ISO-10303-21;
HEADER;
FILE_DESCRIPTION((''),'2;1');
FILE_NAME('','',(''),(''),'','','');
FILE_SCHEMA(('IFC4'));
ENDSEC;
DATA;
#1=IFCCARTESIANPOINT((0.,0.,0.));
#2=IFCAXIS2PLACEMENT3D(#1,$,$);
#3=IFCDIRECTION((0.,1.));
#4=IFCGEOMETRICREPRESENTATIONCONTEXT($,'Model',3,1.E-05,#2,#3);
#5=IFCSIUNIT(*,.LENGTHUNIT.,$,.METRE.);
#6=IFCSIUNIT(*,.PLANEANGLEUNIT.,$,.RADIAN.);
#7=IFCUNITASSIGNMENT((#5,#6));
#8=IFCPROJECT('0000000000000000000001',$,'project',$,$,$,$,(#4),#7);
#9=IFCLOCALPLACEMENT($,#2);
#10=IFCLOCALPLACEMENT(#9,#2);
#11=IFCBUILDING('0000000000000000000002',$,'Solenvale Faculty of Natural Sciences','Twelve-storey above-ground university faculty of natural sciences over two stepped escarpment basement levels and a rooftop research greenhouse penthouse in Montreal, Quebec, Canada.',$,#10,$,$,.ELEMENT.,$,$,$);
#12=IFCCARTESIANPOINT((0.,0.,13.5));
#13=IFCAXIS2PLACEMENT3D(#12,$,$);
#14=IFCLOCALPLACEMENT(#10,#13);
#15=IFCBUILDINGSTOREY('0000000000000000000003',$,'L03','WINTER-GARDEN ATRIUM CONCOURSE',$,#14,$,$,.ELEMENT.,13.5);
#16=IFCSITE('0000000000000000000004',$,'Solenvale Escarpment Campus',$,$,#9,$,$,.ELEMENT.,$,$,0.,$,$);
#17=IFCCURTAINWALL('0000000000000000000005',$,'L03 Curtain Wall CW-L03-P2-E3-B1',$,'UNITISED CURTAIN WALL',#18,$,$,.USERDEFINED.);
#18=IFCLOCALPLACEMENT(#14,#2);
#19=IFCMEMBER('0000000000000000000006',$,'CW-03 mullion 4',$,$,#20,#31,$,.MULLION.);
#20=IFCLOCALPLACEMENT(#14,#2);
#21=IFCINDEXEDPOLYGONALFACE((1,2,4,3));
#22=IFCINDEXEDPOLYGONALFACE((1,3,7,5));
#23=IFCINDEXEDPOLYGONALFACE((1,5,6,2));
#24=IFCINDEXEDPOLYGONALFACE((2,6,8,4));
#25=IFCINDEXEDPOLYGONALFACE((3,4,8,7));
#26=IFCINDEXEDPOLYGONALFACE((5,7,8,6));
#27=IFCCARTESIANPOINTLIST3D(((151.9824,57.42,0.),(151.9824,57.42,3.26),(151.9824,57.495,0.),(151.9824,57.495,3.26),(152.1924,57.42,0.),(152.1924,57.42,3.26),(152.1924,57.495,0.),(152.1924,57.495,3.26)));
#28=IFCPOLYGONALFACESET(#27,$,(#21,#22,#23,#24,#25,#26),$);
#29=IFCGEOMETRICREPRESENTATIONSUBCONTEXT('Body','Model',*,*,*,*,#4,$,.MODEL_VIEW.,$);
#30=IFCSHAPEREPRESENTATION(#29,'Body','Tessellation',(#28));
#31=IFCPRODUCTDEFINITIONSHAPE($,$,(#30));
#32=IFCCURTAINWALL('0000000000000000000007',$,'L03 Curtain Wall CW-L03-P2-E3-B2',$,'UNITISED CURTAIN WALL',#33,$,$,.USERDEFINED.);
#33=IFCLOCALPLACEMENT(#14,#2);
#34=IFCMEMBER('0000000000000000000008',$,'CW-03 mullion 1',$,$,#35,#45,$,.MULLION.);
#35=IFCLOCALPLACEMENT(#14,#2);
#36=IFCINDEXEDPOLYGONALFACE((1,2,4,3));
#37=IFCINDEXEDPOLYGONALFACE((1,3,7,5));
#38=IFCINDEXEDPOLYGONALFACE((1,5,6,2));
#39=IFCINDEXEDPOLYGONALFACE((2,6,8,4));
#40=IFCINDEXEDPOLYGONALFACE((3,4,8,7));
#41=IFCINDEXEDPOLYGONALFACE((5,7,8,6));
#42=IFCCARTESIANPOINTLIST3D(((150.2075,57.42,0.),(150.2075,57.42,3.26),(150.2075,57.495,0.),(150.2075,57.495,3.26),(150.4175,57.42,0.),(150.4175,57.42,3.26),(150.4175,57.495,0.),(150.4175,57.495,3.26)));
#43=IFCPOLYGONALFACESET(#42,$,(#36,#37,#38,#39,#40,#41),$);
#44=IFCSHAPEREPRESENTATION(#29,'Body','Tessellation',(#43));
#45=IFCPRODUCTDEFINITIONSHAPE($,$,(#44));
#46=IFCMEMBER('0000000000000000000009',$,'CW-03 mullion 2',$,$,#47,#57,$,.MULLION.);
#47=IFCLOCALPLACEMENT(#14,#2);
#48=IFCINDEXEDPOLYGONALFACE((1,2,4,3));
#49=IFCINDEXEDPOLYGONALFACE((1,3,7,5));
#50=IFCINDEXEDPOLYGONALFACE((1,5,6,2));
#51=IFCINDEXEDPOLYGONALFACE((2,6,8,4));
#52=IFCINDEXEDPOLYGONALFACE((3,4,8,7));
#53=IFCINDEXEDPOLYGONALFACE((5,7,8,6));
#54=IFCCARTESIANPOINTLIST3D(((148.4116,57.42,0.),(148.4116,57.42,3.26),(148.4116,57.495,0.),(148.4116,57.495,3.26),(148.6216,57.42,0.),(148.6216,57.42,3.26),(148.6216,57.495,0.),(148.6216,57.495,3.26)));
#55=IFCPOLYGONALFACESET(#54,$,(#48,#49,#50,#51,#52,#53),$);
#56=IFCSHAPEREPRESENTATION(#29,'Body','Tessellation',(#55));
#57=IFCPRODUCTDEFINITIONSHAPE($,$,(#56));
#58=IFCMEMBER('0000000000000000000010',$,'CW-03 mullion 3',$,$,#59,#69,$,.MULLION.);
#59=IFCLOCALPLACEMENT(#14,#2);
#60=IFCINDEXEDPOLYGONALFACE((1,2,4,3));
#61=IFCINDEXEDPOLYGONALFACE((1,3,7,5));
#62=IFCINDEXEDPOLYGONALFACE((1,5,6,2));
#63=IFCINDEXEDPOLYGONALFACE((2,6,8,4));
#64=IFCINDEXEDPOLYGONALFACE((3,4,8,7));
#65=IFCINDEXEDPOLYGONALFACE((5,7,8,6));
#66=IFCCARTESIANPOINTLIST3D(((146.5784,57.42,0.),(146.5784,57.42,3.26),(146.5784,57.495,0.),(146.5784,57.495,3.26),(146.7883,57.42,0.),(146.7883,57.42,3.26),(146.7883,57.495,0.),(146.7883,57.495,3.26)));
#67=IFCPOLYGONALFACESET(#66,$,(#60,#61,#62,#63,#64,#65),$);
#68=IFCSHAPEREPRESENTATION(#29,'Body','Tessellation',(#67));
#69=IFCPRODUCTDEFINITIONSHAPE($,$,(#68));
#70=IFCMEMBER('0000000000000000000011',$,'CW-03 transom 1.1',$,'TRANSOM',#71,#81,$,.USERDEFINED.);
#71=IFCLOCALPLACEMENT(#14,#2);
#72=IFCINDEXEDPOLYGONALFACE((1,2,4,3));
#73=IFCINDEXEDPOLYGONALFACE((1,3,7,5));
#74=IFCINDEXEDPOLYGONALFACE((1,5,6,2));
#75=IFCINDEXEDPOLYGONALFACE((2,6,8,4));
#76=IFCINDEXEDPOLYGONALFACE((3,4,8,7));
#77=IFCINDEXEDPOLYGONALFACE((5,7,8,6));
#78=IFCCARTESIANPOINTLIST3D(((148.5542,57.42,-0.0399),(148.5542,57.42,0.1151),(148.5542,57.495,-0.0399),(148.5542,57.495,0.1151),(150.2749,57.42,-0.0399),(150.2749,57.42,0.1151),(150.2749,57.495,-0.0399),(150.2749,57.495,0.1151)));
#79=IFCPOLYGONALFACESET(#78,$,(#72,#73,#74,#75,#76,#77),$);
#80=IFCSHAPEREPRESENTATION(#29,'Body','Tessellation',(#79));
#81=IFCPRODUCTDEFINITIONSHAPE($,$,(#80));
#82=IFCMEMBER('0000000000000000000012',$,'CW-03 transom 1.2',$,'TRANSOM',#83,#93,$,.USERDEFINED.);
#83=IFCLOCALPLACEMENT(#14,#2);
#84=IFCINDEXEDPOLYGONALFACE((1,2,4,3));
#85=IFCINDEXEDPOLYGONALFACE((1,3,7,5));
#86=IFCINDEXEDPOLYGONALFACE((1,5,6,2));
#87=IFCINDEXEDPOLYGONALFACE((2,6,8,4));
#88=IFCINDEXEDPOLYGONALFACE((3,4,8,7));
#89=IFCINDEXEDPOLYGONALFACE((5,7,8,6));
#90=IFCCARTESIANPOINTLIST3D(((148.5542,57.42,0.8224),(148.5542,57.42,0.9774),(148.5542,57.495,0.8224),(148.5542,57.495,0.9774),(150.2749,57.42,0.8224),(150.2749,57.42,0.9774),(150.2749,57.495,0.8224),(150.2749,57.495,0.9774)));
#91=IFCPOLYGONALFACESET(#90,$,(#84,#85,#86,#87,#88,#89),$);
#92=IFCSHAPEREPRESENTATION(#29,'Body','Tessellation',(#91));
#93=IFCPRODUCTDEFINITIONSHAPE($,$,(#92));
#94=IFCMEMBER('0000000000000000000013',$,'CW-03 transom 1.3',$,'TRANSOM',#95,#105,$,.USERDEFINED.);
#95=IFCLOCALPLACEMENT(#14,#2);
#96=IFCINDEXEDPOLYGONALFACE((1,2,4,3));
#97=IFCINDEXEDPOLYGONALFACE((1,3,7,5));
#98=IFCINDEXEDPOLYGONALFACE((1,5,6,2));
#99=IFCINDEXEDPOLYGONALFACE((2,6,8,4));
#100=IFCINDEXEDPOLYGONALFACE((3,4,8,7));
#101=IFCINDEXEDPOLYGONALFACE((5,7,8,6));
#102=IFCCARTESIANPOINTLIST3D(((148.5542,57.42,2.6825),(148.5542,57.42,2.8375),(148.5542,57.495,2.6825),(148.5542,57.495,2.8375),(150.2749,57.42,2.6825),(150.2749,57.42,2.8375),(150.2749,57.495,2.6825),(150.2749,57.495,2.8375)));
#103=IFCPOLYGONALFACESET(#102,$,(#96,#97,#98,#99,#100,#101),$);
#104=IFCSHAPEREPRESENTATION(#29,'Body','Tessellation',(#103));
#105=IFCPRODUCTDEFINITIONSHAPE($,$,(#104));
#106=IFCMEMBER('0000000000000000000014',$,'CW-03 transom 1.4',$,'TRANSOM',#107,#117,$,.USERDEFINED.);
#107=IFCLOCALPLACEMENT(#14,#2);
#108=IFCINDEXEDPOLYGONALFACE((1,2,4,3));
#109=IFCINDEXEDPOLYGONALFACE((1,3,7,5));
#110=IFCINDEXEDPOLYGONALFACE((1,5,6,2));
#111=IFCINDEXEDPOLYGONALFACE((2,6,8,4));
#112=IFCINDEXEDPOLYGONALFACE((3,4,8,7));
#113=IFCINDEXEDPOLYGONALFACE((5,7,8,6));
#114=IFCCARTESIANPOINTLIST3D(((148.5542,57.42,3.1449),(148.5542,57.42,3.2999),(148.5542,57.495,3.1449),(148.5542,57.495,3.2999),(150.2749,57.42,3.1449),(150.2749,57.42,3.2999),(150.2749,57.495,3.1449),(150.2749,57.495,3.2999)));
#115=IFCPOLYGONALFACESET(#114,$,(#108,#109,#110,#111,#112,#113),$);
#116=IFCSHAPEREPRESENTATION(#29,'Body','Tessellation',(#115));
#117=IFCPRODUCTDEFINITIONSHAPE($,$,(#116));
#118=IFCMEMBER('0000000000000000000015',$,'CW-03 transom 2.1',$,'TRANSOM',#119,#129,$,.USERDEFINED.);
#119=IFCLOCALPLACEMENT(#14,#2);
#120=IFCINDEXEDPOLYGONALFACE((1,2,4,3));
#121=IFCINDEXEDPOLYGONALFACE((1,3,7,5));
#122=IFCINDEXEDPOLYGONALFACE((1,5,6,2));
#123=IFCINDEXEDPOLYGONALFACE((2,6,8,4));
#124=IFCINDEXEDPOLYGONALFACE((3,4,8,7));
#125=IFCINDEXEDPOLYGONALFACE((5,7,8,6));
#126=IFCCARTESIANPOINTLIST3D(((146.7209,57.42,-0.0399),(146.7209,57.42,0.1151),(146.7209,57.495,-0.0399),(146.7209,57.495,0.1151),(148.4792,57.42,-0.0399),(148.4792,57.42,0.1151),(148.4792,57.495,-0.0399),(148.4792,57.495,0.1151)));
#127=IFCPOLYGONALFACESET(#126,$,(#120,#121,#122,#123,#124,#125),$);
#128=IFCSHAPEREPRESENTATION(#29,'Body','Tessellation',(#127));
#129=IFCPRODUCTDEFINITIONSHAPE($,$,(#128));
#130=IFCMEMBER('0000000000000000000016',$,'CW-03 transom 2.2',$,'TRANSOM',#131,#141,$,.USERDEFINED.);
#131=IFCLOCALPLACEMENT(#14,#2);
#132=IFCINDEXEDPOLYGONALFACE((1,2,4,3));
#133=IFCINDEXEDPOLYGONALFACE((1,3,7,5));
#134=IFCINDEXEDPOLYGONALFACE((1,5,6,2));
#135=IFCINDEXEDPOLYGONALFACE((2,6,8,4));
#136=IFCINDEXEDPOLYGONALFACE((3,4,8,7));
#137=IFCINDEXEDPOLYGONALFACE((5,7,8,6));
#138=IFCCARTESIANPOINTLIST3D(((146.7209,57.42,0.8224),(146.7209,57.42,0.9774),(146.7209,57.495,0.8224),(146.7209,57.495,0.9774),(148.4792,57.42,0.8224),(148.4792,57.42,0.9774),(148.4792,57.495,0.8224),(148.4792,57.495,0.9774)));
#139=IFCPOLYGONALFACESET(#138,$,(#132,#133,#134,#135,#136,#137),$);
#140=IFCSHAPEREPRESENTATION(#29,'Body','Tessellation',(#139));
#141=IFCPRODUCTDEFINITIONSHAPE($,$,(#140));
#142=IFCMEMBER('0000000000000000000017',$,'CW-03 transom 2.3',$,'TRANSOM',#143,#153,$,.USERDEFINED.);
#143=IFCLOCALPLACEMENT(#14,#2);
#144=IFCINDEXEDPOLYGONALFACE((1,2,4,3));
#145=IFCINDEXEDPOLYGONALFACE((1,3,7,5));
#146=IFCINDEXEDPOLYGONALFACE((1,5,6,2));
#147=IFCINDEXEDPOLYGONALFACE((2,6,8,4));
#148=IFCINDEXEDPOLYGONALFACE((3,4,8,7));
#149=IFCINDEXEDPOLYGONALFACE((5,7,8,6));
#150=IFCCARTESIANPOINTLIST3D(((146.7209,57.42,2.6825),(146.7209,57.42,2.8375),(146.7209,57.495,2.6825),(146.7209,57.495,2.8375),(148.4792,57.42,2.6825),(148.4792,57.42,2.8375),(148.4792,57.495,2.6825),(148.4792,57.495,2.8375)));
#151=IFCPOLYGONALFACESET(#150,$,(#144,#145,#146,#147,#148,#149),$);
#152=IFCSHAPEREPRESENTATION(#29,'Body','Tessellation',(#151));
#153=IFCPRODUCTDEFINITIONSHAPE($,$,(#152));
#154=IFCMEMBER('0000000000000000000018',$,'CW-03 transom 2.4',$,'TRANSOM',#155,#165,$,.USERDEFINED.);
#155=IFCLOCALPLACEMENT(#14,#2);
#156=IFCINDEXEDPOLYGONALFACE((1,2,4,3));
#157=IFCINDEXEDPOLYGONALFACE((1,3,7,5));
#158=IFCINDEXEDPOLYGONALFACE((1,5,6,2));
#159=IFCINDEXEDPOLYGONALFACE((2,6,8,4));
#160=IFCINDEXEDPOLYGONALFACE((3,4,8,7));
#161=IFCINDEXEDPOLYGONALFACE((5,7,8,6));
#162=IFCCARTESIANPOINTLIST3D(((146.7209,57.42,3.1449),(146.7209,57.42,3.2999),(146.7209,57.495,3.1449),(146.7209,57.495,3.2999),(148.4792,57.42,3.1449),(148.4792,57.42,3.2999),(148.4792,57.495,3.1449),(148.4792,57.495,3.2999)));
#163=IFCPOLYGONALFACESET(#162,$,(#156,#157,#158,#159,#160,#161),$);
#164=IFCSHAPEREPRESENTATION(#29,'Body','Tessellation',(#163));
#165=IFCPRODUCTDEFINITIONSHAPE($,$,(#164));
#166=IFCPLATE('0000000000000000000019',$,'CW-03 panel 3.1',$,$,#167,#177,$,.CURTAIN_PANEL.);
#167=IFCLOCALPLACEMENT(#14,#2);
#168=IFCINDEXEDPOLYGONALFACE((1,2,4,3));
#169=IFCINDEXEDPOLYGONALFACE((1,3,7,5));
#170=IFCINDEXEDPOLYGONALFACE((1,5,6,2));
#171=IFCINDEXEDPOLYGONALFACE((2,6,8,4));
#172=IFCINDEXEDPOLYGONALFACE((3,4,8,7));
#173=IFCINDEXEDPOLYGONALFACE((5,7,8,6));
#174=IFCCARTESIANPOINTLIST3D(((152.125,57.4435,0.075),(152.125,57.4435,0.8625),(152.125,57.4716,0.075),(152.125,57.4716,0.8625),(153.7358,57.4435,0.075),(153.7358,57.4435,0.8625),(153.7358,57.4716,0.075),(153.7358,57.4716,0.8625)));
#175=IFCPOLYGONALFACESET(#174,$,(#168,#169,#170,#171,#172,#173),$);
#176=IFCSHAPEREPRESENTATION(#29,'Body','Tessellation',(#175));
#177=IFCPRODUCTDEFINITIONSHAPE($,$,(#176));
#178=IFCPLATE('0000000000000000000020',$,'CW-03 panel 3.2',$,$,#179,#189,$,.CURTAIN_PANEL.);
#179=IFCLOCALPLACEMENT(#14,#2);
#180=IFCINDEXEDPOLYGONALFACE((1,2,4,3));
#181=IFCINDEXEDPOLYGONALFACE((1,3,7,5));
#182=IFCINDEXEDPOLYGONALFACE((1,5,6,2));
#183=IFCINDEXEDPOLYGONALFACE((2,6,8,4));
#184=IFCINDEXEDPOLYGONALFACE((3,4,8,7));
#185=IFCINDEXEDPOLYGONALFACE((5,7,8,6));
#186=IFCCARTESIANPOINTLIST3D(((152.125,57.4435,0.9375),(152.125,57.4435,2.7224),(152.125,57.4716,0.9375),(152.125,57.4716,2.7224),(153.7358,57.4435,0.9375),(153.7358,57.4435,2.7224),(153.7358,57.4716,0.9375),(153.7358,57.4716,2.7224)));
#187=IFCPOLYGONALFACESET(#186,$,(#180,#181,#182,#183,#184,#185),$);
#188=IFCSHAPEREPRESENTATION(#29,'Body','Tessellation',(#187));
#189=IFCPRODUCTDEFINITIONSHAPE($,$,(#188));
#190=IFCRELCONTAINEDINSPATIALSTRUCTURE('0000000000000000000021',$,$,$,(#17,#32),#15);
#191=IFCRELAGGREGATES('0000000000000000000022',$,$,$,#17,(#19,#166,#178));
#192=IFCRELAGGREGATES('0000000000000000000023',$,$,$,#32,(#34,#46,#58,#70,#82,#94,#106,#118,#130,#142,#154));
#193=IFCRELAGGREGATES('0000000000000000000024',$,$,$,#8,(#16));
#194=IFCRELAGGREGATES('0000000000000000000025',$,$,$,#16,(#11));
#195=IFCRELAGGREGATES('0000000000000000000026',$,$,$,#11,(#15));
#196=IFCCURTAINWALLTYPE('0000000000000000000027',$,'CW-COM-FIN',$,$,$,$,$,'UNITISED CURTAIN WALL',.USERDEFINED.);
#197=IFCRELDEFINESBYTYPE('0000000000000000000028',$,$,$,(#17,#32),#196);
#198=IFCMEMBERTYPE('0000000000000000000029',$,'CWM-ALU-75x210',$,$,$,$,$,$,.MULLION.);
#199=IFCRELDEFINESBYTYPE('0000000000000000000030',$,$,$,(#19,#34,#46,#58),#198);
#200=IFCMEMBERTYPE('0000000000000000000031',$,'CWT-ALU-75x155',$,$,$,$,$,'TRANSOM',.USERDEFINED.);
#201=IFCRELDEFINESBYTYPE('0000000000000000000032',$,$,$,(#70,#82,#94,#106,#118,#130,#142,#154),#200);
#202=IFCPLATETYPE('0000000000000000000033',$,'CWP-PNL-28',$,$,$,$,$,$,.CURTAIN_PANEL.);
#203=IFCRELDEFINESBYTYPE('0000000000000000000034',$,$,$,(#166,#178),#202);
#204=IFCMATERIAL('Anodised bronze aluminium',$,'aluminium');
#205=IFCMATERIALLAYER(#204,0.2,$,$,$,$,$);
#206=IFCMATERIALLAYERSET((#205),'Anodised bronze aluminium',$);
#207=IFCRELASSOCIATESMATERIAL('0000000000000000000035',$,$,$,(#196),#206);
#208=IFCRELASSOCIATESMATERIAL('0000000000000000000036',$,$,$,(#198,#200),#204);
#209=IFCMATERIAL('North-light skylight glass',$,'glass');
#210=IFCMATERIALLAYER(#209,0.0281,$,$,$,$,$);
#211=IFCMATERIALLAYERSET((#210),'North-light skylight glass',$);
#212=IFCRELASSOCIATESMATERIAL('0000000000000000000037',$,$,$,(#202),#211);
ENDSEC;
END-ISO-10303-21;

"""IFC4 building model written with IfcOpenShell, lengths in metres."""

from ifc_helpers import new_model, si_unit, direction, frame, origin, origin_2d, place, context, subcontext, project, spatial, rectangle, extrude, material, layer, layer_set, material_profile, profile_set, type_object, element, aggregate, save


model = new_model("IFC4")

# Units and contexts
model_context = context("Model", 3, precision=1e-05, world=origin(), true_north=direction((0.0, 1.0)))
body_context = subcontext(model_context, "Body", "Model", "MODEL_VIEW")
ifc_project = project(units=[si_unit("LENGTHUNIT", "METRE"), si_unit("PLANEANGLEUNIT", "RADIAN")], contexts=[model_context])

# Site, building, storey
site_placement = place(None, origin())
site = spatial("IfcSite", under=ifc_project, at=site_placement, Name="Solenvale Escarpment Campus", CompositionType="ELEMENT", RefElevation=0.0)
building_placement = place(site_placement, origin())
building = spatial("IfcBuilding", under=site, at=building_placement, Name="Solenvale Faculty of Natural Sciences", Description="Twelve-storey above-ground university faculty of natural sciences over two stepped escarpment basement levels and a rooftop research greenhouse penthouse in Montreal, Quebec, Canada.", CompositionType="ELEMENT")
storey_placement = place(building_placement, frame((0.0, 0.0, 13.5)))
storey = spatial("IfcBuildingStorey", under=building, at=storey_placement, Name="L03", Description="WINTER-GARDEN ATRIUM CONCOURSE", CompositionType="ELEMENT", Elevation=13.5)

# Curtain wall, member
ifc_material_1 = material(Name="Anodised bronze aluminium", Category="aluminium")
ifc_layer_1 = layer(ifc_material_1, 0.2)
ifc_layer_set_1 = layer_set([ifc_layer_1], Name="Anodised bronze aluminium")
curtain_wall_type = type_object("IfcCurtainWallType", Name="CW-COM-FIN", ElementType="UNITISED CURTAIN WALL", PredefinedType="USERDEFINED", material=ifc_layer_set_1)
curtain_wall_1_placement = place(storey_placement, origin())
curtain_wall_1 = element("IfcCurtainWall", 1, at=curtain_wall_1_placement, inside=storey, type_object=curtain_wall_type, Name="L03 Curtain Wall CW-L03-P2-E3-B1", ObjectType="UNITISED CURTAIN WALL", PredefinedType="USERDEFINED")
ifc_material_profile_1 = material_profile(ifc_material_1, rectangle(XDim=0.075, YDim=0.21, at=origin_2d()), Name="ALU-MUL-75x210")
ifc_profile_set_1 = profile_set([ifc_material_profile_1], Name="Anodised bronze aluminium")
member_type_1 = type_object("IfcMemberType", Name="CWM-ALU-75x210", PredefinedType="MULLION", material=ifc_profile_set_1)
member_1_placement = place(storey_placement, frame((152.0874, 57.4575, 0.0), z_axis=(0.0, 0.0, 1.0), x_axis=(0.0, -1.0, 0.0)))
member_1 = element("IfcMember", 2, at=member_1_placement, type_object=member_type_1, Name="CW-03 mullion 4", PredefinedType="MULLION", context=body_context, shape_type="SweptSolid", body=[
    extrude(rectangle(XDim=0.075, YDim=0.21, at=origin_2d()), origin(), (0.0, 0.0, 1.0), 3.26),
])

# Curtain wall, members
curtain_wall_2_placement = place(storey_placement, origin())
curtain_wall_2 = element("IfcCurtainWall", 3, at=curtain_wall_2_placement, inside=storey, type_object=curtain_wall_type, Name="L03 Curtain Wall CW-L03-P2-E3-B2", ObjectType="UNITISED CURTAIN WALL", PredefinedType="USERDEFINED")
member_2_placement = place(storey_placement, frame((150.3125, 57.4575, 0.0), z_axis=(0.0, 0.0, 1.0), x_axis=(0.0, -1.0, 0.0)))
member_2 = element("IfcMember", 4, at=member_2_placement, type_object=member_type_1, Name="CW-03 mullion 1", PredefinedType="MULLION", context=body_context, shape_type="SweptSolid", body=[
    extrude(rectangle(XDim=0.075, YDim=0.21, at=origin_2d()), origin(), (0.0, 0.0, 1.0), 3.26),
])
member_3_placement = place(storey_placement, frame((148.5166, 57.4575, 0.0), z_axis=(0.0, 0.0, 1.0), x_axis=(0.0, -1.0, 0.0)))
member_3 = element("IfcMember", 5, at=member_3_placement, type_object=member_type_1, Name="CW-03 mullion 2", PredefinedType="MULLION", context=body_context, shape_type="SweptSolid", body=[
    extrude(rectangle(XDim=0.075, YDim=0.21, at=origin_2d()), origin(), (0.0, 0.0, 1.0), 3.26),
])
member_4_placement = place(storey_placement, frame((146.6833, 57.4575, 0.0), z_axis=(0.0, 0.0, 1.0), x_axis=(0.0, -1.0, 0.0)))
member_4 = element("IfcMember", 6, at=member_4_placement, type_object=member_type_1, Name="CW-03 mullion 3", PredefinedType="MULLION", context=body_context, shape_type="SweptSolid", body=[
    extrude(rectangle(XDim=0.075, YDim=0.21, at=origin_2d()), origin(), (0.0, 0.0, 1.0), 3.26),
])
ifc_material_profile_2 = material_profile(ifc_material_1, rectangle(XDim=0.075, YDim=0.155, at=origin_2d()), Name="ALU-TRN-75x155")
ifc_profile_set_2 = profile_set([ifc_material_profile_2], Name="Anodised bronze aluminium")
member_type_2 = type_object("IfcMemberType", Name="CWT-ALU-75x155", ElementType="TRANSOM", PredefinedType="USERDEFINED", material=ifc_profile_set_2)
member_5_placement = place(storey_placement, frame((150.2749, 57.4575, 0.0376), z_axis=(-1.0, 0.0, 0.0), x_axis=(0.0, -1.0, 0.0)))
member_5 = element("IfcMember", 7, at=member_5_placement, type_object=member_type_2, Name="CW-03 transom 1.1", ObjectType="TRANSOM", PredefinedType="USERDEFINED", context=body_context, shape_type="SweptSolid", body=[
    extrude(rectangle(XDim=0.075, YDim=0.155, at=origin_2d()), origin(), (0.0, 0.0, 1.0), 1.7207),
])
member_6_placement = place(storey_placement, frame((150.2749, 57.4575, 0.8999), z_axis=(-1.0, 0.0, 0.0), x_axis=(0.0, -1.0, 0.0)))
member_6 = element("IfcMember", 8, at=member_6_placement, type_object=member_type_2, Name="CW-03 transom 1.2", ObjectType="TRANSOM", PredefinedType="USERDEFINED", context=body_context, shape_type="SweptSolid", body=[
    extrude(rectangle(XDim=0.075, YDim=0.155, at=origin_2d()), origin(), (0.0, 0.0, 1.0), 1.7207),
])
member_7_placement = place(storey_placement, frame((150.2749, 57.4575, 2.76), z_axis=(-1.0, 0.0, 0.0), x_axis=(0.0, -1.0, 0.0)))
member_7 = element("IfcMember", 9, at=member_7_placement, type_object=member_type_2, Name="CW-03 transom 1.3", ObjectType="TRANSOM", PredefinedType="USERDEFINED", context=body_context, shape_type="SweptSolid", body=[
    extrude(rectangle(XDim=0.075, YDim=0.155, at=origin_2d()), origin(), (0.0, 0.0, 1.0), 1.7207),
])
member_8_placement = place(storey_placement, frame((150.2749, 57.4575, 3.2224), z_axis=(-1.0, 0.0, 0.0), x_axis=(0.0, -1.0, 0.0)))
member_8 = element("IfcMember", 10, at=member_8_placement, type_object=member_type_2, Name="CW-03 transom 1.4", ObjectType="TRANSOM", PredefinedType="USERDEFINED", context=body_context, shape_type="SweptSolid", body=[
    extrude(rectangle(XDim=0.075, YDim=0.155, at=origin_2d()), origin(), (0.0, 0.0, 1.0), 1.7207),
])
member_9_placement = place(storey_placement, frame((148.4792, 57.4575, 0.0376), z_axis=(-1.0, 0.0, 0.0), x_axis=(0.0, -1.0, 0.0)))
member_9 = element("IfcMember", 11, at=member_9_placement, type_object=member_type_2, Name="CW-03 transom 2.1", ObjectType="TRANSOM", PredefinedType="USERDEFINED", context=body_context, shape_type="SweptSolid", body=[
    extrude(rectangle(XDim=0.075, YDim=0.155, at=origin_2d()), origin(), (0.0, 0.0, 1.0), 1.7583),
])
member_10_placement = place(storey_placement, frame((148.4792, 57.4575, 0.8999), z_axis=(-1.0, 0.0, 0.0), x_axis=(0.0, -1.0, 0.0)))
member_10 = element("IfcMember", 12, at=member_10_placement, type_object=member_type_2, Name="CW-03 transom 2.2", ObjectType="TRANSOM", PredefinedType="USERDEFINED", context=body_context, shape_type="SweptSolid", body=[
    extrude(rectangle(XDim=0.075, YDim=0.155, at=origin_2d()), origin(), (0.0, 0.0, 1.0), 1.7583),
])
member_11_placement = place(storey_placement, frame((148.4792, 57.4575, 2.76), z_axis=(-1.0, 0.0, 0.0), x_axis=(0.0, -1.0, 0.0)))
member_11 = element("IfcMember", 13, at=member_11_placement, type_object=member_type_2, Name="CW-03 transom 2.3", ObjectType="TRANSOM", PredefinedType="USERDEFINED", context=body_context, shape_type="SweptSolid", body=[
    extrude(rectangle(XDim=0.075, YDim=0.155, at=origin_2d()), origin(), (0.0, 0.0, 1.0), 1.7583),
])
member_12_placement = place(storey_placement, frame((148.4792, 57.4575, 3.2224), z_axis=(-1.0, 0.0, 0.0), x_axis=(0.0, -1.0, 0.0)))
member_12 = element("IfcMember", 14, at=member_12_placement, type_object=member_type_2, Name="CW-03 transom 2.4", ObjectType="TRANSOM", PredefinedType="USERDEFINED", context=body_context, shape_type="SweptSolid", body=[
    extrude(rectangle(XDim=0.075, YDim=0.155, at=origin_2d()), origin(), (0.0, 0.0, 1.0), 1.7583),
])

# Plates
ifc_material_2 = material(Name="North-light skylight glass", Category="glass")
ifc_layer_2 = layer(ifc_material_2, 0.0281)
ifc_layer_set_2 = layer_set([ifc_layer_2], Name="North-light skylight glass")
plate_type_1 = type_object("IfcPlateType", Name="CWP-PNL-28", PredefinedType="CURTAIN_PANEL", material=ifc_layer_set_2)
plate_1_placement = place(storey_placement, frame((152.9304, 57.4575, 0.075), z_axis=(0.0, 0.0, 1.0), x_axis=(-1.0, 0.0, 0.0)))
plate_1 = element("IfcPlate", 15, at=plate_1_placement, type_object=plate_type_1, Name="CW-03 panel 3.1", PredefinedType="CURTAIN_PANEL", context=body_context, shape_type="SweptSolid", body=[
    extrude(rectangle(XDim=1.6108, YDim=0.0281, at=origin_2d()), origin(), (0.0, 0.0, 1.0), 0.7876),
])
plate_2_placement = place(storey_placement, frame((152.9304, 57.4575, 0.9375), z_axis=(0.0, 0.0, 1.0), x_axis=(-1.0, 0.0, 0.0)))
plate_2 = element("IfcPlate", 16, at=plate_2_placement, type_object=plate_type_1, Name="CW-03 panel 3.2", PredefinedType="CURTAIN_PANEL", context=body_context, shape_type="SweptSolid", body=[
    extrude(rectangle(XDim=1.6108, YDim=0.0281, at=origin_2d()), origin(), (0.0, 0.0, 1.0), 1.7849),
])
aggregate(curtain_wall_1, [member_1, plate_1, plate_2])
aggregate(curtain_wall_2, [member_2, member_3, member_4, member_5, member_6, member_7, member_8, member_9, member_10, member_11, member_12])

save(model, "model.ifc")
